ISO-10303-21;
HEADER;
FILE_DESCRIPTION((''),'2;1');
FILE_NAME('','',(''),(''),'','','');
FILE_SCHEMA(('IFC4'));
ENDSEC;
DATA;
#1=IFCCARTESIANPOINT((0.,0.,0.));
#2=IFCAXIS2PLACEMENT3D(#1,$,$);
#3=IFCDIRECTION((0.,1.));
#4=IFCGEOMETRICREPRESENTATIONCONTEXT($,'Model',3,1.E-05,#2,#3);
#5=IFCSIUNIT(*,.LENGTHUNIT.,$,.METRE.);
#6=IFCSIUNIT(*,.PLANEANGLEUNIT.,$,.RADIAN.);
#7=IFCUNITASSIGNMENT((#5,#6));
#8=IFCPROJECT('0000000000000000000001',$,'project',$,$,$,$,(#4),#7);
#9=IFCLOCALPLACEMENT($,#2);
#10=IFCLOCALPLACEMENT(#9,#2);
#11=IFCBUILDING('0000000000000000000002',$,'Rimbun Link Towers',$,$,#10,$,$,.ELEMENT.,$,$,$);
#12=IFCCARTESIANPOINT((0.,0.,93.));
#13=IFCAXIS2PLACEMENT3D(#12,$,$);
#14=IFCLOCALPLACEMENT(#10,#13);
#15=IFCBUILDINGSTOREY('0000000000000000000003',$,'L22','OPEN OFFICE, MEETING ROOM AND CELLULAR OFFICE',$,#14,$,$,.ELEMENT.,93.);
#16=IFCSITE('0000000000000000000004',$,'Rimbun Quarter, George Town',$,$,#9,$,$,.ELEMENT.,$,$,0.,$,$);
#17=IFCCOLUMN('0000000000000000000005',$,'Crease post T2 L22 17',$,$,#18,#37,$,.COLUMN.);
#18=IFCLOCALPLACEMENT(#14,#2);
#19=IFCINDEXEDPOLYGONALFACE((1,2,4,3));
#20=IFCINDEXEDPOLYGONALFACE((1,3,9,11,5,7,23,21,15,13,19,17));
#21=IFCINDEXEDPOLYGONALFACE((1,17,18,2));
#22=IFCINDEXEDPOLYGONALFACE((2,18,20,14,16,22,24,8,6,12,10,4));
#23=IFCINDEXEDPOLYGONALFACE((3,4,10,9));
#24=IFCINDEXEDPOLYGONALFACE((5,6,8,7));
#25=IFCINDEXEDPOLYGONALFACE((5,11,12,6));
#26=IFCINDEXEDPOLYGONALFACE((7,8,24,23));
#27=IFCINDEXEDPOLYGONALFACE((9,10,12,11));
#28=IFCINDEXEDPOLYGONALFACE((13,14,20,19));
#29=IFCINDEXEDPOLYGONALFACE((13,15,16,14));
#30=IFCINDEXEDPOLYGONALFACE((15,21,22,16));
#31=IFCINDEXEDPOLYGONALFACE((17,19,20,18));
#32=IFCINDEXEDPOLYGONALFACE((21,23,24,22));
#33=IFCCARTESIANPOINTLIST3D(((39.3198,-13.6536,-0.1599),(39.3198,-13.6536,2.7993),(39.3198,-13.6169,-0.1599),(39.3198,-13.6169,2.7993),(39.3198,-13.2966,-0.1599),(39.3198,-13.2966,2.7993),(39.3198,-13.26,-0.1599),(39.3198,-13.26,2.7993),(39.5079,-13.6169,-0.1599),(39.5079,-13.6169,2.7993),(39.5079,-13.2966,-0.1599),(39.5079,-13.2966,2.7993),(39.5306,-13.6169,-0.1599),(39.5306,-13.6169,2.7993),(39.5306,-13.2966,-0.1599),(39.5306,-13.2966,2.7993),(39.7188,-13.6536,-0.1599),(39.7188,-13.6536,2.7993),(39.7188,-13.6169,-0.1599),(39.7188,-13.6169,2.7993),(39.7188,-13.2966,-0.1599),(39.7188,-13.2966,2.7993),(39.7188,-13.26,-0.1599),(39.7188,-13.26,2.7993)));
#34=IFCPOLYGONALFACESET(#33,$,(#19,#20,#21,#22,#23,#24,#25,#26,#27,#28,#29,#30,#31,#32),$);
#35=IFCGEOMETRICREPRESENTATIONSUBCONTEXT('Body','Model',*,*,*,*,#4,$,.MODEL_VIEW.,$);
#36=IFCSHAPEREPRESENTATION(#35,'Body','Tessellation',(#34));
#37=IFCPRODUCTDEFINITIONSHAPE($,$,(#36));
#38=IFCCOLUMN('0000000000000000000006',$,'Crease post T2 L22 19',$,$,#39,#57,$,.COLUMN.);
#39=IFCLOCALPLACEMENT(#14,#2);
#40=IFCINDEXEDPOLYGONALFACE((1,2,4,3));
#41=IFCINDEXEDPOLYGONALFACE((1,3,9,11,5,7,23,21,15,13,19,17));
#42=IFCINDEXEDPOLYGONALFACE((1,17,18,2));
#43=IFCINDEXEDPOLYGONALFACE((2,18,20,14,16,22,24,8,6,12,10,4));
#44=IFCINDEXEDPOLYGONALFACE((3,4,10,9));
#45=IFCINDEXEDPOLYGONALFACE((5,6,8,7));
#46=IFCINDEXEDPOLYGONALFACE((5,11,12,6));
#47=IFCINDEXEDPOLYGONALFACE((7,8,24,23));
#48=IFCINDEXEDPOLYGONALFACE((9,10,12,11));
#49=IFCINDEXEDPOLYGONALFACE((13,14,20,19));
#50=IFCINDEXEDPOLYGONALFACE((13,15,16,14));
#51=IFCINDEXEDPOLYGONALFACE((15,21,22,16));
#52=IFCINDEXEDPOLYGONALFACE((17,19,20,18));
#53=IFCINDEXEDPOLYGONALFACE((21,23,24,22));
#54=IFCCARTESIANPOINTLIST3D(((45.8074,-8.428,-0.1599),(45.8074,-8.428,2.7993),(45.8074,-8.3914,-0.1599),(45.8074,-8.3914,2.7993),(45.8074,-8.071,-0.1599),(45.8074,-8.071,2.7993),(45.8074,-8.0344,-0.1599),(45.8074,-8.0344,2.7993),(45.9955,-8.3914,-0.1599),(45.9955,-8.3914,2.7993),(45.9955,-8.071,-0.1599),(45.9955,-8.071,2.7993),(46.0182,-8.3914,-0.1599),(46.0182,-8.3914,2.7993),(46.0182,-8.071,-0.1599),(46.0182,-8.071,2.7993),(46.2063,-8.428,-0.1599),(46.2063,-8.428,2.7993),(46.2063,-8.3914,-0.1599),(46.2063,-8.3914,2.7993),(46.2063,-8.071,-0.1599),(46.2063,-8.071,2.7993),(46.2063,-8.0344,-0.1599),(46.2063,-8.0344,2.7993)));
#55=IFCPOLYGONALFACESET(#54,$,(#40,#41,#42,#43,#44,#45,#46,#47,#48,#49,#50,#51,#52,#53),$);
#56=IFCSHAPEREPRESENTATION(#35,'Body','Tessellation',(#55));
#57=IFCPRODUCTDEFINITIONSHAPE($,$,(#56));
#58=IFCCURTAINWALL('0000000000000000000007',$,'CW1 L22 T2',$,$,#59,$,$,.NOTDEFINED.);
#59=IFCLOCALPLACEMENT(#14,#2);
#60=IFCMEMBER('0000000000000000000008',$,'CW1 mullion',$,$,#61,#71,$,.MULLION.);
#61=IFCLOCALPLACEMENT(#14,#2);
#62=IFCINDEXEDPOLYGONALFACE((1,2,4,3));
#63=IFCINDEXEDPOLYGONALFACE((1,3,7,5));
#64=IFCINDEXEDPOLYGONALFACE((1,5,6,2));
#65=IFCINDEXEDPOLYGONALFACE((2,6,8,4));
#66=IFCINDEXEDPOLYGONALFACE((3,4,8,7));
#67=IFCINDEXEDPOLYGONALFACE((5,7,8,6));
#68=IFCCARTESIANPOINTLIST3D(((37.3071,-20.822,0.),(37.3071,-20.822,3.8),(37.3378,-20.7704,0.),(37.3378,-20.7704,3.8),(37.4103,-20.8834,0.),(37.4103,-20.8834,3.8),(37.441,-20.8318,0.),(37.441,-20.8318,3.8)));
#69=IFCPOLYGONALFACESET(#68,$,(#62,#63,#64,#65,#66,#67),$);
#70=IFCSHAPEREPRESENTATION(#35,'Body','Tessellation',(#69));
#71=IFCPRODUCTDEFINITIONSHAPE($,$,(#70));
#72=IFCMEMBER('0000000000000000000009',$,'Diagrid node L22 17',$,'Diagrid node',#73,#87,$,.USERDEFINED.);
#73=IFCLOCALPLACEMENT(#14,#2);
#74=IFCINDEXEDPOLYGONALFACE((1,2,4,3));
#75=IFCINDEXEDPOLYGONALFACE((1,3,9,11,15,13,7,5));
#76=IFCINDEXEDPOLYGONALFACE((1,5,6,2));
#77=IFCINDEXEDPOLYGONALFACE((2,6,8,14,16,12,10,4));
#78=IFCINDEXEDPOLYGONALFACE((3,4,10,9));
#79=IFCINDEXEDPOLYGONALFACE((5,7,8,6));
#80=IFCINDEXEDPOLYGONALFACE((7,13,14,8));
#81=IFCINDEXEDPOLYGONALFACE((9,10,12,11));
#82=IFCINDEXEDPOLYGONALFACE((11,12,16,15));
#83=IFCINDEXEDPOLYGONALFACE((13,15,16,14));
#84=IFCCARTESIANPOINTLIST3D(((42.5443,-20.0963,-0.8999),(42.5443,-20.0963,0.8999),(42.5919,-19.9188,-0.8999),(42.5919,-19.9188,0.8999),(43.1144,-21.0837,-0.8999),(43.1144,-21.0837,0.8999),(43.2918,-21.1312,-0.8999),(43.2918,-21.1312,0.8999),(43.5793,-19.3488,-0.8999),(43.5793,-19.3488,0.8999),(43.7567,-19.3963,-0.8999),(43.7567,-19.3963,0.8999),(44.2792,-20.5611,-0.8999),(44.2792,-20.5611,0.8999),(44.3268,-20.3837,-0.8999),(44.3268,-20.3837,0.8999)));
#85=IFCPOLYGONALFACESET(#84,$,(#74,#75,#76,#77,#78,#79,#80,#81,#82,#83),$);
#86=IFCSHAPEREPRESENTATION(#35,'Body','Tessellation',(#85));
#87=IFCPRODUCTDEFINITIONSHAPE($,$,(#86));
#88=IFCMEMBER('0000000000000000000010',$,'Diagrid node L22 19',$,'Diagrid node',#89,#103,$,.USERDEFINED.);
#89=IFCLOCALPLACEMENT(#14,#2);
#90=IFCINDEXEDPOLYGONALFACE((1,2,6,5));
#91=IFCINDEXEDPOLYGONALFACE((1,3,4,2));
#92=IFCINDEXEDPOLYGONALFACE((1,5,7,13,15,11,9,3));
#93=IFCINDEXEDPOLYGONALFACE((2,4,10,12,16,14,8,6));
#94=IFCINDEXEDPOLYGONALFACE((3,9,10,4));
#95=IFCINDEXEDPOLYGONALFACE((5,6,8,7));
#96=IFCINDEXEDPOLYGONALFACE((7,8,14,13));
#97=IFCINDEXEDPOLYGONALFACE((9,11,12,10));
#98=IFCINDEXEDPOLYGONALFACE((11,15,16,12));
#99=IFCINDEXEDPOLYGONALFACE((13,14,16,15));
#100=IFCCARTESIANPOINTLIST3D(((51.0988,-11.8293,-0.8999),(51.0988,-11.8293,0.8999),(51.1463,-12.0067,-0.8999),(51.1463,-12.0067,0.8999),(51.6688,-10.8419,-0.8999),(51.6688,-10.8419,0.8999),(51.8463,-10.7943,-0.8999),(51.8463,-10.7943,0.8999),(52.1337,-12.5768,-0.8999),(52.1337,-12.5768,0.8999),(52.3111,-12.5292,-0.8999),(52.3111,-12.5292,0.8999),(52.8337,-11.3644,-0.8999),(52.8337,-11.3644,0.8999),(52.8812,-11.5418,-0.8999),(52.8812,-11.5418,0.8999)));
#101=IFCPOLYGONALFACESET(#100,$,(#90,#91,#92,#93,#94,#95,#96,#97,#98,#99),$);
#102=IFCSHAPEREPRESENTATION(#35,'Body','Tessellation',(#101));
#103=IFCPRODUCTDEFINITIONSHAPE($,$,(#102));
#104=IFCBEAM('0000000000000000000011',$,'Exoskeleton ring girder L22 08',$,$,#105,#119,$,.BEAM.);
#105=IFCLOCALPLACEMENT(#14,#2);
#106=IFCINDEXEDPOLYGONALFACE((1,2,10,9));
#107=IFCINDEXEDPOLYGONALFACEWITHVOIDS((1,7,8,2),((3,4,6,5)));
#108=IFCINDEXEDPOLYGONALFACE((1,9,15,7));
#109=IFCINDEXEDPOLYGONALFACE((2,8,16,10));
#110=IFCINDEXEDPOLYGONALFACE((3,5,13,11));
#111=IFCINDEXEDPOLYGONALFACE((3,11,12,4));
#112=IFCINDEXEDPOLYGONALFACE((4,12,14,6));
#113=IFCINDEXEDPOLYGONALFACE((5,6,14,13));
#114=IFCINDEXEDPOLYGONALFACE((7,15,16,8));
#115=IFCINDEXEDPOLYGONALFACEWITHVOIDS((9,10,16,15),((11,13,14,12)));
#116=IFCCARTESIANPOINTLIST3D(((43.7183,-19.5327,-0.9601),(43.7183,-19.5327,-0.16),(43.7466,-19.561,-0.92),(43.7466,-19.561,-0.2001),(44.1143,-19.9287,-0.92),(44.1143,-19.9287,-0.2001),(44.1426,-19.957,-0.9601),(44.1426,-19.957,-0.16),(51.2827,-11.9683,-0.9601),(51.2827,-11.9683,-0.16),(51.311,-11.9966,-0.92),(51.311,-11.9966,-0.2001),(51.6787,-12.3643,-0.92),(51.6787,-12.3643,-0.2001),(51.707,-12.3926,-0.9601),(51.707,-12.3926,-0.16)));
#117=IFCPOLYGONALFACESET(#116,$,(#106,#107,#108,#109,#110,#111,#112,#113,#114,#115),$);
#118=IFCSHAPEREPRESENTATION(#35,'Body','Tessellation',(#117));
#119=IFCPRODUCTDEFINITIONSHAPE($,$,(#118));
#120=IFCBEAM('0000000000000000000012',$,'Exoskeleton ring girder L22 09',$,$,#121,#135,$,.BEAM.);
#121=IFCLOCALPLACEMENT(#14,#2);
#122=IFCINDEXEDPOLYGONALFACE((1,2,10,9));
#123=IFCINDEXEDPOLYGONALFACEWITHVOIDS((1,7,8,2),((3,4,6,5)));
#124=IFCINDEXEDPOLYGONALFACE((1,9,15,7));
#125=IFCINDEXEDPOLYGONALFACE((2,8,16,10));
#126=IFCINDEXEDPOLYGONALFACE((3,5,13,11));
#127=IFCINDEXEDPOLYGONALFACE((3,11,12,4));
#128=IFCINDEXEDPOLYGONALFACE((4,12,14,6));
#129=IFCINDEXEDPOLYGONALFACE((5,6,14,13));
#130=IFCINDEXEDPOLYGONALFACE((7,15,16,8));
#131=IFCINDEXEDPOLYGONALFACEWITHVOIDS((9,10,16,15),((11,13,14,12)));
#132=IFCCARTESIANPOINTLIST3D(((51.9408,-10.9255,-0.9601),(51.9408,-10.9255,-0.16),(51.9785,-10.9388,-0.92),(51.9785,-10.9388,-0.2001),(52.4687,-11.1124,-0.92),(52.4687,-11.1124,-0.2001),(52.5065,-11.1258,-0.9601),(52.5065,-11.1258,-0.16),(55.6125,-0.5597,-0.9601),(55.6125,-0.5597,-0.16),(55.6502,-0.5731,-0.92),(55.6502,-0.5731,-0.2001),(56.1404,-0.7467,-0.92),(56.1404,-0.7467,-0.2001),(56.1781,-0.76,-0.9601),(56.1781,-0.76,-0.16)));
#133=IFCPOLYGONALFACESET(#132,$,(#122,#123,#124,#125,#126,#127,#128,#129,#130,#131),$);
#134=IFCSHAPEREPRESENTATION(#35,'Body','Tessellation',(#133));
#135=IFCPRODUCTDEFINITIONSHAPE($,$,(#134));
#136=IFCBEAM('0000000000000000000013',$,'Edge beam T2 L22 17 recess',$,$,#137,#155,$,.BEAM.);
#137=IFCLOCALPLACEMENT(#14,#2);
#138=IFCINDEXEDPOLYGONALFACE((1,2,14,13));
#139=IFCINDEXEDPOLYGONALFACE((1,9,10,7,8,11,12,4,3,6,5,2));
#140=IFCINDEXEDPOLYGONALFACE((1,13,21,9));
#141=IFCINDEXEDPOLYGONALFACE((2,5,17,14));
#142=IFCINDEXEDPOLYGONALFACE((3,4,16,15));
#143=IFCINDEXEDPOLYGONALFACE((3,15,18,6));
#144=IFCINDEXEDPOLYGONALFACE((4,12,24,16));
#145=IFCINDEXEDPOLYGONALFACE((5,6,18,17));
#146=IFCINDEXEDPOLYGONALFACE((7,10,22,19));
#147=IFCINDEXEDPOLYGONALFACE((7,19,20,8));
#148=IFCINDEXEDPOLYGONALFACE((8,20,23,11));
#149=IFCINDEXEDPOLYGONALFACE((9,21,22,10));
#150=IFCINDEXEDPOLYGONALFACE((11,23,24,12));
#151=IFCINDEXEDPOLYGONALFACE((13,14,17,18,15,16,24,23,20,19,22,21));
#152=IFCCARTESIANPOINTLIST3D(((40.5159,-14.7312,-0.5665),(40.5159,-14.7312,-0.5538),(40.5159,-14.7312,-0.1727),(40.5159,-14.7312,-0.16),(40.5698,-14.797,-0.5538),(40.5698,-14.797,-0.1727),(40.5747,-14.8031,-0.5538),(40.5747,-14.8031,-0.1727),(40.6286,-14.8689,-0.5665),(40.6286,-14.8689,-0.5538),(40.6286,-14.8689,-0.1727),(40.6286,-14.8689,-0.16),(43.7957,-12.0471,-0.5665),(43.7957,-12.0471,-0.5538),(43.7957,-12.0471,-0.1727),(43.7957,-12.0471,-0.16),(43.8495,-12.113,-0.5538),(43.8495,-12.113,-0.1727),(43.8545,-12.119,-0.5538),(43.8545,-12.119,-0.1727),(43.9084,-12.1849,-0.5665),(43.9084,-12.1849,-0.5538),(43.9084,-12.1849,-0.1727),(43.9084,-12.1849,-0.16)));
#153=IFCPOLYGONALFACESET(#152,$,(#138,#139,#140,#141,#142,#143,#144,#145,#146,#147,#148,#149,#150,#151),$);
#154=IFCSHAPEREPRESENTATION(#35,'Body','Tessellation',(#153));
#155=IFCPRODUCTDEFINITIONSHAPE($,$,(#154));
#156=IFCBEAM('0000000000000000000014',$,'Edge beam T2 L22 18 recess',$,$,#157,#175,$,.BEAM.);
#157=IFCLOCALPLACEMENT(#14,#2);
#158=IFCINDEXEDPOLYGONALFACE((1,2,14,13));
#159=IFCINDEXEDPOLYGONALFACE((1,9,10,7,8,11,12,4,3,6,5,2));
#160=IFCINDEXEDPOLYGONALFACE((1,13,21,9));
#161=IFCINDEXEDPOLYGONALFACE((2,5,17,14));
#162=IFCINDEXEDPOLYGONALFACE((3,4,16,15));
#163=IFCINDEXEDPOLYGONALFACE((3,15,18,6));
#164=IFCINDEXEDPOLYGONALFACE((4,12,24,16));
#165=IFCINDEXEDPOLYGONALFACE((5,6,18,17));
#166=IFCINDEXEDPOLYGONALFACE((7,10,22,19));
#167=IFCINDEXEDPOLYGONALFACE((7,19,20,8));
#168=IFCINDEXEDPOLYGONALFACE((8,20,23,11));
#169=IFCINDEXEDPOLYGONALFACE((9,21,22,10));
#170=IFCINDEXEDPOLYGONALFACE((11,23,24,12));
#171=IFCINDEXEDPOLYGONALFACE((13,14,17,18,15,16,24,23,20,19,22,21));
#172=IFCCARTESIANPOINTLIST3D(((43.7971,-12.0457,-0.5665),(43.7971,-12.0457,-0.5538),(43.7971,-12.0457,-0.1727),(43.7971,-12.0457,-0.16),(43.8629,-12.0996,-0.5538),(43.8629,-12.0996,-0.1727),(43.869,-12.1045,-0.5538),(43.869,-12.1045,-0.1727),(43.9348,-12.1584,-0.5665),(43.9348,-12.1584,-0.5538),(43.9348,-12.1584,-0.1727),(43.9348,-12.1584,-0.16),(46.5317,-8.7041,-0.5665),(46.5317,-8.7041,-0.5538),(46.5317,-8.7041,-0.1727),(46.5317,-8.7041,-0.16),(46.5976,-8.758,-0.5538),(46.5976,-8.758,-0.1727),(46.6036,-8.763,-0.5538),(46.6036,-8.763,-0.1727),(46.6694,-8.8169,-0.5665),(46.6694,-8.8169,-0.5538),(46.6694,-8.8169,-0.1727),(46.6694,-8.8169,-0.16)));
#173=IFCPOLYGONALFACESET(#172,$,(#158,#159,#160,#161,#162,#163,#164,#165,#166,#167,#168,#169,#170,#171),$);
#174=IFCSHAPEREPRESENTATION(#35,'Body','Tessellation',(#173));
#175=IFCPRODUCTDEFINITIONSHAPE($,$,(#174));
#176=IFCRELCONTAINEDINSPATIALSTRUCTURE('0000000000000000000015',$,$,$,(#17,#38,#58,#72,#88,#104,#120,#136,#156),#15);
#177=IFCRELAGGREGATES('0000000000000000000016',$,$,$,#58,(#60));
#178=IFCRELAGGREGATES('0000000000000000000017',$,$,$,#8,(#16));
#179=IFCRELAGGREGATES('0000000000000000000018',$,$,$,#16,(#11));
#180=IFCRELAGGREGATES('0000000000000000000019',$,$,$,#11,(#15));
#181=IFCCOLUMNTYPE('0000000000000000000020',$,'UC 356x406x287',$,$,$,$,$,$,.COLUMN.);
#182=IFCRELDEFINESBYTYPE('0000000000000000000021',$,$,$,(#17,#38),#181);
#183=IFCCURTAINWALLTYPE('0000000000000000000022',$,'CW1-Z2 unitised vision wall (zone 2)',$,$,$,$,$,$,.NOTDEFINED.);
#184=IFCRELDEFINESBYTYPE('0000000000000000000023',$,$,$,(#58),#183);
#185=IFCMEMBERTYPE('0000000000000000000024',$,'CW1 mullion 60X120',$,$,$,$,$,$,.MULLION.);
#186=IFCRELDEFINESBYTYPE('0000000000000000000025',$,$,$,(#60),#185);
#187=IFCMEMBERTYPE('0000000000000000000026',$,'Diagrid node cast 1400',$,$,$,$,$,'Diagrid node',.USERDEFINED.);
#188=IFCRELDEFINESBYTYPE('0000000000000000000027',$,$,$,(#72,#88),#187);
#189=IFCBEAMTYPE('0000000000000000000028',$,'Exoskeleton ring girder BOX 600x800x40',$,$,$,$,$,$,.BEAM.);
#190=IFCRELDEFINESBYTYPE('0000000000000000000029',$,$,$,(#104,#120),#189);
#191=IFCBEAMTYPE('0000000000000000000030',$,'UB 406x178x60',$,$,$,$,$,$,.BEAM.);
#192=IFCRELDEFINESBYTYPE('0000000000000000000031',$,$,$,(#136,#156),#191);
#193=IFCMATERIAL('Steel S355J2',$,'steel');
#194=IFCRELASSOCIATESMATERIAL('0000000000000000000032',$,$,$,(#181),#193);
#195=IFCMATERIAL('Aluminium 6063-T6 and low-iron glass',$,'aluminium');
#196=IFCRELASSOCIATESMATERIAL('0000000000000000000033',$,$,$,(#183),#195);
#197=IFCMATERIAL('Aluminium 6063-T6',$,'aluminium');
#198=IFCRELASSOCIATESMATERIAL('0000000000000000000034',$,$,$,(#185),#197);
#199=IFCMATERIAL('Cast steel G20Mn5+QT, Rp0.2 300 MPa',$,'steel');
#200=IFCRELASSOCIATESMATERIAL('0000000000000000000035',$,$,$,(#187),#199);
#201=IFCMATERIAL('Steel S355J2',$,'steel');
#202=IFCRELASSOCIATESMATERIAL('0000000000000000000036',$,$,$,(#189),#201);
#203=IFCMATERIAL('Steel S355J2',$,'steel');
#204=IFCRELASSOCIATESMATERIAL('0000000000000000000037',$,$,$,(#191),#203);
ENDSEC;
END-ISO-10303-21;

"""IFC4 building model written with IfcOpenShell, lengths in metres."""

from ifc_helpers import new_model, si_unit, direction, frame, origin, origin_2d, place, context, subcontext, project, spatial, polyline, rectangle, hollow_rectangle, i_section, outline, extrude, material, material_profile, profile_set, type_object, element, aggregate, save


model = new_model("IFC4")

# Units and contexts
model_context = context("Model", 3, precision=1e-05, world=origin(), true_north=direction((0.0, 1.0)))
body_context = subcontext(model_context, "Body", "Model", "MODEL_VIEW")
ifc_project = project(units=[si_unit("LENGTHUNIT", "METRE"), si_unit("PLANEANGLEUNIT", "RADIAN")], contexts=[model_context])

# Site, building, storey
site_placement = place(None, origin())
site = spatial("IfcSite", under=ifc_project, at=site_placement, Name="Rimbun Quarter, George Town", CompositionType="ELEMENT", RefElevation=0.0)
building_placement = place(site_placement, origin())
building = spatial("IfcBuilding", under=site, at=building_placement, Name="Rimbun Link Towers", CompositionType="ELEMENT")
storey_placement = place(building_placement, frame((0.0, 0.0, 93.0)))
storey = spatial("IfcBuildingStorey", under=building, at=storey_placement, Name="L22", Description="OPEN OFFICE, MEETING ROOM AND CELLULAR OFFICE", CompositionType="ELEMENT", Elevation=93.0)

# Columns
ifc_material_1 = material(Name="Steel S355J2", Category="steel")
ifc_material_profile_1 = material_profile(ifc_material_1, i_section(OverallWidth=0.3989, OverallDepth=0.3936, WebThickness=0.0227, FlangeThickness=0.0366, at=origin_2d()), Name="UC 356x406x287")
ifc_profile_set_1 = profile_set([ifc_material_profile_1], Name="Steel S355J2")
column_type = type_object("IfcColumnType", Name="UC 356x406x287", PredefinedType="COLUMN", material=ifc_profile_set_1)
for number, where, z_axis, x_axis, name in (
    (1, (39.5193, -13.4568, -0.1599), (0.0, 0.0, 1.0), (1.0, 0.0, 0.0), "Crease post T2 L22 17"),
    (2, (46.0068, -8.2312, -0.1599), (0.0, 0.0, 1.0), (1.0, 0.0, 0.0), "Crease post T2 L22 19"),
):
    element("IfcColumn", number, at=place(storey_placement, frame(where, z_axis=z_axis, x_axis=x_axis)), inside=storey, type_object=column_type, Name=name, PredefinedType="COLUMN", context=body_context, shape_type="SweptSolid", body=[
        extrude(i_section(OverallWidth=0.3989, OverallDepth=0.3936, WebThickness=0.0227, FlangeThickness=0.0366, at=origin_2d()), origin(), (0.0, 0.0, 1.0), 2.9592),
    ])

# Curtain wall, member
ifc_material_2 = material(Name="Aluminium 6063-T6 and low-iron glass", Category="aluminium")
curtain_wall_type = type_object("IfcCurtainWallType", Name="CW1-Z2 unitised vision wall (zone 2)", PredefinedType="NOTDEFINED", material=ifc_material_2)
curtain_wall_placement = place(storey_placement, origin())
curtain_wall = element("IfcCurtainWall", 3, at=curtain_wall_placement, inside=storey, type_object=curtain_wall_type, Name="CW1 L22 T2", PredefinedType="NOTDEFINED")
ifc_material_3 = material(Name="Aluminium 6063-T6", Category="aluminium")
ifc_material_profile_2 = material_profile(ifc_material_3, rectangle(XDim=0.1201, YDim=0.0601, at=origin_2d()), Name="MULLION 60X120")
ifc_profile_set_2 = profile_set([ifc_material_profile_2], Name="Aluminium 6063-T6")
member_type_1 = type_object("IfcMemberType", Name="CW1 mullion 60X120", PredefinedType="MULLION", material=ifc_profile_set_2)
member_placement = place(storey_placement, frame((37.374, -20.8269, 0.0), z_axis=(0.0, 0.0, 1.0), x_axis=(0.859189, -0.511659, 0.0)))
member = element("IfcMember", 4, at=member_placement, type_object=member_type_1, Name="CW1 mullion", PredefinedType="MULLION", context=body_context, shape_type="SweptSolid", body=[
    extrude(rectangle(XDim=0.1201, YDim=0.0601, at=origin_2d()), origin(), (0.0, 0.0, 1.0), 3.8),
])
aggregate(curtain_wall, [member])

# Members
ifc_material_4 = material(Name="Cast steel G20Mn5+QT, Rp0.2 300 MPa", Category="steel")
ifc_material_profile_3 = material_profile(ifc_material_4, outline(polyline([(0.7, -0.5701), (0.7, 0.5701), (0.5701, 0.7), (-0.5701, 0.7), (-0.7, 0.5701), (-0.7, -0.5701), (-0.5701, -0.7), (0.5701, -0.7), (0.7, -0.5701)])), Name="NODE 1400x1400")
ifc_profile_set_3 = profile_set([ifc_material_profile_3], Name="Cast steel G20Mn5+QT, Rp0.2 300 MPa")
member_type_2 = type_object("IfcMemberType", Name="Diagrid node cast 1400", ElementType="Diagrid node", PredefinedType="USERDEFINED", material=ifc_profile_set_3)
for number, where, z_axis, x_axis, name in (
    (5, (43.4355, -20.24, -0.8999), (0.0, 0.0, 1.0), (0.5, -0.866025, 0.0), "Diagrid node L22 17"),
    (6, (51.99, -11.6855, -0.8999), (0.0, 0.0, 1.0), (0.866025, -0.5, 0.0), "Diagrid node L22 19"),
):
    element("IfcMember", number, at=place(storey_placement, frame(where, z_axis=z_axis, x_axis=x_axis)), inside=storey, type_object=member_type_2, Name=name, ObjectType="Diagrid node", PredefinedType="USERDEFINED", context=body_context, shape_type="SweptSolid", body=[
        extrude(outline(polyline([(0.7, -0.5701), (0.7, 0.5701), (0.5701, 0.7), (-0.5701, 0.7), (-0.7, 0.5701), (-0.7, -0.5701), (-0.5701, -0.7), (0.5701, -0.7), (0.7, -0.5701)])), origin(), (0.0, 0.0, 1.0), 1.7998),
    ])

# Beams
ifc_material_5 = material(Name="Steel S355J2", Category="steel")
ifc_material_profile_4 = material_profile(ifc_material_5, hollow_rectangle(XDim=0.6001, YDim=0.8, WallThickness=0.04, at=origin_2d()), Name="Exoskeleton ring girder BOX 600x800x40")
ifc_profile_set_4 = profile_set([ifc_material_profile_4], Name="Steel S355J2")
beam_type_1 = type_object("IfcBeamType", Name="Exoskeleton ring girder BOX 600x800x40", PredefinedType="BEAM", material=ifc_profile_set_4)
beam_1_placement = place(storey_placement, frame((43.9304, -19.7449, -0.5601), z_axis=(0.707107, 0.707107, 0.0), x_axis=(-0.707107, 0.707107, 0.0)))
element("IfcBeam", 7, at=beam_1_placement, inside=storey, type_object=beam_type_1, Name="Exoskeleton ring girder L22 08", PredefinedType="BEAM", context=body_context, shape_type="SweptSolid", body=[
    extrude(hollow_rectangle(XDim=0.6001, YDim=0.8, WallThickness=0.04, at=origin_2d()), origin(), (0.0, 0.0, 1.0), 10.6978),
])
beam_2_placement = place(storey_placement, frame((52.2236, -11.0256, -0.5601), z_axis=(0.333882, 0.942615, 0.0), x_axis=(-0.942615, 0.333882, 0.0)))
element("IfcBeam", 8, at=beam_2_placement, inside=storey, type_object=beam_type_1, Name="Exoskeleton ring girder L22 09", PredefinedType="BEAM", context=body_context, shape_type="SweptSolid", body=[
    extrude(hollow_rectangle(XDim=0.6001, YDim=0.8, WallThickness=0.04, at=origin_2d()), origin(), (0.0, 0.0, 1.0), 10.9968),
])
ifc_material_6 = material(Name="Steel S355J2", Category="steel")
ifc_material_profile_5 = material_profile(ifc_material_6, i_section(OverallWidth=0.178, OverallDepth=0.4065, WebThickness=0.0078, FlangeThickness=0.0127, at=origin_2d()), Name="UB 406x178x60")
ifc_profile_set_5 = profile_set([ifc_material_profile_5], Name="Steel S355J2")
beam_type_2 = type_object("IfcBeamType", Name="UB 406x178x60", PredefinedType="BEAM", material=ifc_profile_set_5)
beam_3_placement = place(storey_placement, frame((40.5723, -14.8, -0.3633), z_axis=(0.773885, 0.633326, 0.0), x_axis=(-0.633326, 0.773885, 0.0)))
element("IfcBeam", 9, at=beam_3_placement, inside=storey, type_object=beam_type_2, Name="Edge beam T2 L22 17 recess", PredefinedType="BEAM", context=body_context, shape_type="SweptSolid", body=[
    extrude(i_section(OverallWidth=0.178, OverallDepth=0.4065, WebThickness=0.0078, FlangeThickness=0.0127, at=origin_2d()), origin(), (0.0, 0.0, 1.0), 4.238),
])
beam_4_placement = place(storey_placement, frame((43.866, -12.1021, -0.3633), z_axis=(0.633324, 0.773887, 0.0), x_axis=(-0.773887, 0.633324, 0.0)))
element("IfcBeam", 10, at=beam_4_placement, inside=storey, type_object=beam_type_2, Name="Edge beam T2 L22 18 recess", PredefinedType="BEAM", context=body_context, shape_type="SweptSolid", body=[
    extrude(i_section(OverallWidth=0.178, OverallDepth=0.4065, WebThickness=0.0078, FlangeThickness=0.0127, at=origin_2d()), origin(), (0.0, 0.0, 1.0), 4.3179),
])

save(model, "model.ifc")
